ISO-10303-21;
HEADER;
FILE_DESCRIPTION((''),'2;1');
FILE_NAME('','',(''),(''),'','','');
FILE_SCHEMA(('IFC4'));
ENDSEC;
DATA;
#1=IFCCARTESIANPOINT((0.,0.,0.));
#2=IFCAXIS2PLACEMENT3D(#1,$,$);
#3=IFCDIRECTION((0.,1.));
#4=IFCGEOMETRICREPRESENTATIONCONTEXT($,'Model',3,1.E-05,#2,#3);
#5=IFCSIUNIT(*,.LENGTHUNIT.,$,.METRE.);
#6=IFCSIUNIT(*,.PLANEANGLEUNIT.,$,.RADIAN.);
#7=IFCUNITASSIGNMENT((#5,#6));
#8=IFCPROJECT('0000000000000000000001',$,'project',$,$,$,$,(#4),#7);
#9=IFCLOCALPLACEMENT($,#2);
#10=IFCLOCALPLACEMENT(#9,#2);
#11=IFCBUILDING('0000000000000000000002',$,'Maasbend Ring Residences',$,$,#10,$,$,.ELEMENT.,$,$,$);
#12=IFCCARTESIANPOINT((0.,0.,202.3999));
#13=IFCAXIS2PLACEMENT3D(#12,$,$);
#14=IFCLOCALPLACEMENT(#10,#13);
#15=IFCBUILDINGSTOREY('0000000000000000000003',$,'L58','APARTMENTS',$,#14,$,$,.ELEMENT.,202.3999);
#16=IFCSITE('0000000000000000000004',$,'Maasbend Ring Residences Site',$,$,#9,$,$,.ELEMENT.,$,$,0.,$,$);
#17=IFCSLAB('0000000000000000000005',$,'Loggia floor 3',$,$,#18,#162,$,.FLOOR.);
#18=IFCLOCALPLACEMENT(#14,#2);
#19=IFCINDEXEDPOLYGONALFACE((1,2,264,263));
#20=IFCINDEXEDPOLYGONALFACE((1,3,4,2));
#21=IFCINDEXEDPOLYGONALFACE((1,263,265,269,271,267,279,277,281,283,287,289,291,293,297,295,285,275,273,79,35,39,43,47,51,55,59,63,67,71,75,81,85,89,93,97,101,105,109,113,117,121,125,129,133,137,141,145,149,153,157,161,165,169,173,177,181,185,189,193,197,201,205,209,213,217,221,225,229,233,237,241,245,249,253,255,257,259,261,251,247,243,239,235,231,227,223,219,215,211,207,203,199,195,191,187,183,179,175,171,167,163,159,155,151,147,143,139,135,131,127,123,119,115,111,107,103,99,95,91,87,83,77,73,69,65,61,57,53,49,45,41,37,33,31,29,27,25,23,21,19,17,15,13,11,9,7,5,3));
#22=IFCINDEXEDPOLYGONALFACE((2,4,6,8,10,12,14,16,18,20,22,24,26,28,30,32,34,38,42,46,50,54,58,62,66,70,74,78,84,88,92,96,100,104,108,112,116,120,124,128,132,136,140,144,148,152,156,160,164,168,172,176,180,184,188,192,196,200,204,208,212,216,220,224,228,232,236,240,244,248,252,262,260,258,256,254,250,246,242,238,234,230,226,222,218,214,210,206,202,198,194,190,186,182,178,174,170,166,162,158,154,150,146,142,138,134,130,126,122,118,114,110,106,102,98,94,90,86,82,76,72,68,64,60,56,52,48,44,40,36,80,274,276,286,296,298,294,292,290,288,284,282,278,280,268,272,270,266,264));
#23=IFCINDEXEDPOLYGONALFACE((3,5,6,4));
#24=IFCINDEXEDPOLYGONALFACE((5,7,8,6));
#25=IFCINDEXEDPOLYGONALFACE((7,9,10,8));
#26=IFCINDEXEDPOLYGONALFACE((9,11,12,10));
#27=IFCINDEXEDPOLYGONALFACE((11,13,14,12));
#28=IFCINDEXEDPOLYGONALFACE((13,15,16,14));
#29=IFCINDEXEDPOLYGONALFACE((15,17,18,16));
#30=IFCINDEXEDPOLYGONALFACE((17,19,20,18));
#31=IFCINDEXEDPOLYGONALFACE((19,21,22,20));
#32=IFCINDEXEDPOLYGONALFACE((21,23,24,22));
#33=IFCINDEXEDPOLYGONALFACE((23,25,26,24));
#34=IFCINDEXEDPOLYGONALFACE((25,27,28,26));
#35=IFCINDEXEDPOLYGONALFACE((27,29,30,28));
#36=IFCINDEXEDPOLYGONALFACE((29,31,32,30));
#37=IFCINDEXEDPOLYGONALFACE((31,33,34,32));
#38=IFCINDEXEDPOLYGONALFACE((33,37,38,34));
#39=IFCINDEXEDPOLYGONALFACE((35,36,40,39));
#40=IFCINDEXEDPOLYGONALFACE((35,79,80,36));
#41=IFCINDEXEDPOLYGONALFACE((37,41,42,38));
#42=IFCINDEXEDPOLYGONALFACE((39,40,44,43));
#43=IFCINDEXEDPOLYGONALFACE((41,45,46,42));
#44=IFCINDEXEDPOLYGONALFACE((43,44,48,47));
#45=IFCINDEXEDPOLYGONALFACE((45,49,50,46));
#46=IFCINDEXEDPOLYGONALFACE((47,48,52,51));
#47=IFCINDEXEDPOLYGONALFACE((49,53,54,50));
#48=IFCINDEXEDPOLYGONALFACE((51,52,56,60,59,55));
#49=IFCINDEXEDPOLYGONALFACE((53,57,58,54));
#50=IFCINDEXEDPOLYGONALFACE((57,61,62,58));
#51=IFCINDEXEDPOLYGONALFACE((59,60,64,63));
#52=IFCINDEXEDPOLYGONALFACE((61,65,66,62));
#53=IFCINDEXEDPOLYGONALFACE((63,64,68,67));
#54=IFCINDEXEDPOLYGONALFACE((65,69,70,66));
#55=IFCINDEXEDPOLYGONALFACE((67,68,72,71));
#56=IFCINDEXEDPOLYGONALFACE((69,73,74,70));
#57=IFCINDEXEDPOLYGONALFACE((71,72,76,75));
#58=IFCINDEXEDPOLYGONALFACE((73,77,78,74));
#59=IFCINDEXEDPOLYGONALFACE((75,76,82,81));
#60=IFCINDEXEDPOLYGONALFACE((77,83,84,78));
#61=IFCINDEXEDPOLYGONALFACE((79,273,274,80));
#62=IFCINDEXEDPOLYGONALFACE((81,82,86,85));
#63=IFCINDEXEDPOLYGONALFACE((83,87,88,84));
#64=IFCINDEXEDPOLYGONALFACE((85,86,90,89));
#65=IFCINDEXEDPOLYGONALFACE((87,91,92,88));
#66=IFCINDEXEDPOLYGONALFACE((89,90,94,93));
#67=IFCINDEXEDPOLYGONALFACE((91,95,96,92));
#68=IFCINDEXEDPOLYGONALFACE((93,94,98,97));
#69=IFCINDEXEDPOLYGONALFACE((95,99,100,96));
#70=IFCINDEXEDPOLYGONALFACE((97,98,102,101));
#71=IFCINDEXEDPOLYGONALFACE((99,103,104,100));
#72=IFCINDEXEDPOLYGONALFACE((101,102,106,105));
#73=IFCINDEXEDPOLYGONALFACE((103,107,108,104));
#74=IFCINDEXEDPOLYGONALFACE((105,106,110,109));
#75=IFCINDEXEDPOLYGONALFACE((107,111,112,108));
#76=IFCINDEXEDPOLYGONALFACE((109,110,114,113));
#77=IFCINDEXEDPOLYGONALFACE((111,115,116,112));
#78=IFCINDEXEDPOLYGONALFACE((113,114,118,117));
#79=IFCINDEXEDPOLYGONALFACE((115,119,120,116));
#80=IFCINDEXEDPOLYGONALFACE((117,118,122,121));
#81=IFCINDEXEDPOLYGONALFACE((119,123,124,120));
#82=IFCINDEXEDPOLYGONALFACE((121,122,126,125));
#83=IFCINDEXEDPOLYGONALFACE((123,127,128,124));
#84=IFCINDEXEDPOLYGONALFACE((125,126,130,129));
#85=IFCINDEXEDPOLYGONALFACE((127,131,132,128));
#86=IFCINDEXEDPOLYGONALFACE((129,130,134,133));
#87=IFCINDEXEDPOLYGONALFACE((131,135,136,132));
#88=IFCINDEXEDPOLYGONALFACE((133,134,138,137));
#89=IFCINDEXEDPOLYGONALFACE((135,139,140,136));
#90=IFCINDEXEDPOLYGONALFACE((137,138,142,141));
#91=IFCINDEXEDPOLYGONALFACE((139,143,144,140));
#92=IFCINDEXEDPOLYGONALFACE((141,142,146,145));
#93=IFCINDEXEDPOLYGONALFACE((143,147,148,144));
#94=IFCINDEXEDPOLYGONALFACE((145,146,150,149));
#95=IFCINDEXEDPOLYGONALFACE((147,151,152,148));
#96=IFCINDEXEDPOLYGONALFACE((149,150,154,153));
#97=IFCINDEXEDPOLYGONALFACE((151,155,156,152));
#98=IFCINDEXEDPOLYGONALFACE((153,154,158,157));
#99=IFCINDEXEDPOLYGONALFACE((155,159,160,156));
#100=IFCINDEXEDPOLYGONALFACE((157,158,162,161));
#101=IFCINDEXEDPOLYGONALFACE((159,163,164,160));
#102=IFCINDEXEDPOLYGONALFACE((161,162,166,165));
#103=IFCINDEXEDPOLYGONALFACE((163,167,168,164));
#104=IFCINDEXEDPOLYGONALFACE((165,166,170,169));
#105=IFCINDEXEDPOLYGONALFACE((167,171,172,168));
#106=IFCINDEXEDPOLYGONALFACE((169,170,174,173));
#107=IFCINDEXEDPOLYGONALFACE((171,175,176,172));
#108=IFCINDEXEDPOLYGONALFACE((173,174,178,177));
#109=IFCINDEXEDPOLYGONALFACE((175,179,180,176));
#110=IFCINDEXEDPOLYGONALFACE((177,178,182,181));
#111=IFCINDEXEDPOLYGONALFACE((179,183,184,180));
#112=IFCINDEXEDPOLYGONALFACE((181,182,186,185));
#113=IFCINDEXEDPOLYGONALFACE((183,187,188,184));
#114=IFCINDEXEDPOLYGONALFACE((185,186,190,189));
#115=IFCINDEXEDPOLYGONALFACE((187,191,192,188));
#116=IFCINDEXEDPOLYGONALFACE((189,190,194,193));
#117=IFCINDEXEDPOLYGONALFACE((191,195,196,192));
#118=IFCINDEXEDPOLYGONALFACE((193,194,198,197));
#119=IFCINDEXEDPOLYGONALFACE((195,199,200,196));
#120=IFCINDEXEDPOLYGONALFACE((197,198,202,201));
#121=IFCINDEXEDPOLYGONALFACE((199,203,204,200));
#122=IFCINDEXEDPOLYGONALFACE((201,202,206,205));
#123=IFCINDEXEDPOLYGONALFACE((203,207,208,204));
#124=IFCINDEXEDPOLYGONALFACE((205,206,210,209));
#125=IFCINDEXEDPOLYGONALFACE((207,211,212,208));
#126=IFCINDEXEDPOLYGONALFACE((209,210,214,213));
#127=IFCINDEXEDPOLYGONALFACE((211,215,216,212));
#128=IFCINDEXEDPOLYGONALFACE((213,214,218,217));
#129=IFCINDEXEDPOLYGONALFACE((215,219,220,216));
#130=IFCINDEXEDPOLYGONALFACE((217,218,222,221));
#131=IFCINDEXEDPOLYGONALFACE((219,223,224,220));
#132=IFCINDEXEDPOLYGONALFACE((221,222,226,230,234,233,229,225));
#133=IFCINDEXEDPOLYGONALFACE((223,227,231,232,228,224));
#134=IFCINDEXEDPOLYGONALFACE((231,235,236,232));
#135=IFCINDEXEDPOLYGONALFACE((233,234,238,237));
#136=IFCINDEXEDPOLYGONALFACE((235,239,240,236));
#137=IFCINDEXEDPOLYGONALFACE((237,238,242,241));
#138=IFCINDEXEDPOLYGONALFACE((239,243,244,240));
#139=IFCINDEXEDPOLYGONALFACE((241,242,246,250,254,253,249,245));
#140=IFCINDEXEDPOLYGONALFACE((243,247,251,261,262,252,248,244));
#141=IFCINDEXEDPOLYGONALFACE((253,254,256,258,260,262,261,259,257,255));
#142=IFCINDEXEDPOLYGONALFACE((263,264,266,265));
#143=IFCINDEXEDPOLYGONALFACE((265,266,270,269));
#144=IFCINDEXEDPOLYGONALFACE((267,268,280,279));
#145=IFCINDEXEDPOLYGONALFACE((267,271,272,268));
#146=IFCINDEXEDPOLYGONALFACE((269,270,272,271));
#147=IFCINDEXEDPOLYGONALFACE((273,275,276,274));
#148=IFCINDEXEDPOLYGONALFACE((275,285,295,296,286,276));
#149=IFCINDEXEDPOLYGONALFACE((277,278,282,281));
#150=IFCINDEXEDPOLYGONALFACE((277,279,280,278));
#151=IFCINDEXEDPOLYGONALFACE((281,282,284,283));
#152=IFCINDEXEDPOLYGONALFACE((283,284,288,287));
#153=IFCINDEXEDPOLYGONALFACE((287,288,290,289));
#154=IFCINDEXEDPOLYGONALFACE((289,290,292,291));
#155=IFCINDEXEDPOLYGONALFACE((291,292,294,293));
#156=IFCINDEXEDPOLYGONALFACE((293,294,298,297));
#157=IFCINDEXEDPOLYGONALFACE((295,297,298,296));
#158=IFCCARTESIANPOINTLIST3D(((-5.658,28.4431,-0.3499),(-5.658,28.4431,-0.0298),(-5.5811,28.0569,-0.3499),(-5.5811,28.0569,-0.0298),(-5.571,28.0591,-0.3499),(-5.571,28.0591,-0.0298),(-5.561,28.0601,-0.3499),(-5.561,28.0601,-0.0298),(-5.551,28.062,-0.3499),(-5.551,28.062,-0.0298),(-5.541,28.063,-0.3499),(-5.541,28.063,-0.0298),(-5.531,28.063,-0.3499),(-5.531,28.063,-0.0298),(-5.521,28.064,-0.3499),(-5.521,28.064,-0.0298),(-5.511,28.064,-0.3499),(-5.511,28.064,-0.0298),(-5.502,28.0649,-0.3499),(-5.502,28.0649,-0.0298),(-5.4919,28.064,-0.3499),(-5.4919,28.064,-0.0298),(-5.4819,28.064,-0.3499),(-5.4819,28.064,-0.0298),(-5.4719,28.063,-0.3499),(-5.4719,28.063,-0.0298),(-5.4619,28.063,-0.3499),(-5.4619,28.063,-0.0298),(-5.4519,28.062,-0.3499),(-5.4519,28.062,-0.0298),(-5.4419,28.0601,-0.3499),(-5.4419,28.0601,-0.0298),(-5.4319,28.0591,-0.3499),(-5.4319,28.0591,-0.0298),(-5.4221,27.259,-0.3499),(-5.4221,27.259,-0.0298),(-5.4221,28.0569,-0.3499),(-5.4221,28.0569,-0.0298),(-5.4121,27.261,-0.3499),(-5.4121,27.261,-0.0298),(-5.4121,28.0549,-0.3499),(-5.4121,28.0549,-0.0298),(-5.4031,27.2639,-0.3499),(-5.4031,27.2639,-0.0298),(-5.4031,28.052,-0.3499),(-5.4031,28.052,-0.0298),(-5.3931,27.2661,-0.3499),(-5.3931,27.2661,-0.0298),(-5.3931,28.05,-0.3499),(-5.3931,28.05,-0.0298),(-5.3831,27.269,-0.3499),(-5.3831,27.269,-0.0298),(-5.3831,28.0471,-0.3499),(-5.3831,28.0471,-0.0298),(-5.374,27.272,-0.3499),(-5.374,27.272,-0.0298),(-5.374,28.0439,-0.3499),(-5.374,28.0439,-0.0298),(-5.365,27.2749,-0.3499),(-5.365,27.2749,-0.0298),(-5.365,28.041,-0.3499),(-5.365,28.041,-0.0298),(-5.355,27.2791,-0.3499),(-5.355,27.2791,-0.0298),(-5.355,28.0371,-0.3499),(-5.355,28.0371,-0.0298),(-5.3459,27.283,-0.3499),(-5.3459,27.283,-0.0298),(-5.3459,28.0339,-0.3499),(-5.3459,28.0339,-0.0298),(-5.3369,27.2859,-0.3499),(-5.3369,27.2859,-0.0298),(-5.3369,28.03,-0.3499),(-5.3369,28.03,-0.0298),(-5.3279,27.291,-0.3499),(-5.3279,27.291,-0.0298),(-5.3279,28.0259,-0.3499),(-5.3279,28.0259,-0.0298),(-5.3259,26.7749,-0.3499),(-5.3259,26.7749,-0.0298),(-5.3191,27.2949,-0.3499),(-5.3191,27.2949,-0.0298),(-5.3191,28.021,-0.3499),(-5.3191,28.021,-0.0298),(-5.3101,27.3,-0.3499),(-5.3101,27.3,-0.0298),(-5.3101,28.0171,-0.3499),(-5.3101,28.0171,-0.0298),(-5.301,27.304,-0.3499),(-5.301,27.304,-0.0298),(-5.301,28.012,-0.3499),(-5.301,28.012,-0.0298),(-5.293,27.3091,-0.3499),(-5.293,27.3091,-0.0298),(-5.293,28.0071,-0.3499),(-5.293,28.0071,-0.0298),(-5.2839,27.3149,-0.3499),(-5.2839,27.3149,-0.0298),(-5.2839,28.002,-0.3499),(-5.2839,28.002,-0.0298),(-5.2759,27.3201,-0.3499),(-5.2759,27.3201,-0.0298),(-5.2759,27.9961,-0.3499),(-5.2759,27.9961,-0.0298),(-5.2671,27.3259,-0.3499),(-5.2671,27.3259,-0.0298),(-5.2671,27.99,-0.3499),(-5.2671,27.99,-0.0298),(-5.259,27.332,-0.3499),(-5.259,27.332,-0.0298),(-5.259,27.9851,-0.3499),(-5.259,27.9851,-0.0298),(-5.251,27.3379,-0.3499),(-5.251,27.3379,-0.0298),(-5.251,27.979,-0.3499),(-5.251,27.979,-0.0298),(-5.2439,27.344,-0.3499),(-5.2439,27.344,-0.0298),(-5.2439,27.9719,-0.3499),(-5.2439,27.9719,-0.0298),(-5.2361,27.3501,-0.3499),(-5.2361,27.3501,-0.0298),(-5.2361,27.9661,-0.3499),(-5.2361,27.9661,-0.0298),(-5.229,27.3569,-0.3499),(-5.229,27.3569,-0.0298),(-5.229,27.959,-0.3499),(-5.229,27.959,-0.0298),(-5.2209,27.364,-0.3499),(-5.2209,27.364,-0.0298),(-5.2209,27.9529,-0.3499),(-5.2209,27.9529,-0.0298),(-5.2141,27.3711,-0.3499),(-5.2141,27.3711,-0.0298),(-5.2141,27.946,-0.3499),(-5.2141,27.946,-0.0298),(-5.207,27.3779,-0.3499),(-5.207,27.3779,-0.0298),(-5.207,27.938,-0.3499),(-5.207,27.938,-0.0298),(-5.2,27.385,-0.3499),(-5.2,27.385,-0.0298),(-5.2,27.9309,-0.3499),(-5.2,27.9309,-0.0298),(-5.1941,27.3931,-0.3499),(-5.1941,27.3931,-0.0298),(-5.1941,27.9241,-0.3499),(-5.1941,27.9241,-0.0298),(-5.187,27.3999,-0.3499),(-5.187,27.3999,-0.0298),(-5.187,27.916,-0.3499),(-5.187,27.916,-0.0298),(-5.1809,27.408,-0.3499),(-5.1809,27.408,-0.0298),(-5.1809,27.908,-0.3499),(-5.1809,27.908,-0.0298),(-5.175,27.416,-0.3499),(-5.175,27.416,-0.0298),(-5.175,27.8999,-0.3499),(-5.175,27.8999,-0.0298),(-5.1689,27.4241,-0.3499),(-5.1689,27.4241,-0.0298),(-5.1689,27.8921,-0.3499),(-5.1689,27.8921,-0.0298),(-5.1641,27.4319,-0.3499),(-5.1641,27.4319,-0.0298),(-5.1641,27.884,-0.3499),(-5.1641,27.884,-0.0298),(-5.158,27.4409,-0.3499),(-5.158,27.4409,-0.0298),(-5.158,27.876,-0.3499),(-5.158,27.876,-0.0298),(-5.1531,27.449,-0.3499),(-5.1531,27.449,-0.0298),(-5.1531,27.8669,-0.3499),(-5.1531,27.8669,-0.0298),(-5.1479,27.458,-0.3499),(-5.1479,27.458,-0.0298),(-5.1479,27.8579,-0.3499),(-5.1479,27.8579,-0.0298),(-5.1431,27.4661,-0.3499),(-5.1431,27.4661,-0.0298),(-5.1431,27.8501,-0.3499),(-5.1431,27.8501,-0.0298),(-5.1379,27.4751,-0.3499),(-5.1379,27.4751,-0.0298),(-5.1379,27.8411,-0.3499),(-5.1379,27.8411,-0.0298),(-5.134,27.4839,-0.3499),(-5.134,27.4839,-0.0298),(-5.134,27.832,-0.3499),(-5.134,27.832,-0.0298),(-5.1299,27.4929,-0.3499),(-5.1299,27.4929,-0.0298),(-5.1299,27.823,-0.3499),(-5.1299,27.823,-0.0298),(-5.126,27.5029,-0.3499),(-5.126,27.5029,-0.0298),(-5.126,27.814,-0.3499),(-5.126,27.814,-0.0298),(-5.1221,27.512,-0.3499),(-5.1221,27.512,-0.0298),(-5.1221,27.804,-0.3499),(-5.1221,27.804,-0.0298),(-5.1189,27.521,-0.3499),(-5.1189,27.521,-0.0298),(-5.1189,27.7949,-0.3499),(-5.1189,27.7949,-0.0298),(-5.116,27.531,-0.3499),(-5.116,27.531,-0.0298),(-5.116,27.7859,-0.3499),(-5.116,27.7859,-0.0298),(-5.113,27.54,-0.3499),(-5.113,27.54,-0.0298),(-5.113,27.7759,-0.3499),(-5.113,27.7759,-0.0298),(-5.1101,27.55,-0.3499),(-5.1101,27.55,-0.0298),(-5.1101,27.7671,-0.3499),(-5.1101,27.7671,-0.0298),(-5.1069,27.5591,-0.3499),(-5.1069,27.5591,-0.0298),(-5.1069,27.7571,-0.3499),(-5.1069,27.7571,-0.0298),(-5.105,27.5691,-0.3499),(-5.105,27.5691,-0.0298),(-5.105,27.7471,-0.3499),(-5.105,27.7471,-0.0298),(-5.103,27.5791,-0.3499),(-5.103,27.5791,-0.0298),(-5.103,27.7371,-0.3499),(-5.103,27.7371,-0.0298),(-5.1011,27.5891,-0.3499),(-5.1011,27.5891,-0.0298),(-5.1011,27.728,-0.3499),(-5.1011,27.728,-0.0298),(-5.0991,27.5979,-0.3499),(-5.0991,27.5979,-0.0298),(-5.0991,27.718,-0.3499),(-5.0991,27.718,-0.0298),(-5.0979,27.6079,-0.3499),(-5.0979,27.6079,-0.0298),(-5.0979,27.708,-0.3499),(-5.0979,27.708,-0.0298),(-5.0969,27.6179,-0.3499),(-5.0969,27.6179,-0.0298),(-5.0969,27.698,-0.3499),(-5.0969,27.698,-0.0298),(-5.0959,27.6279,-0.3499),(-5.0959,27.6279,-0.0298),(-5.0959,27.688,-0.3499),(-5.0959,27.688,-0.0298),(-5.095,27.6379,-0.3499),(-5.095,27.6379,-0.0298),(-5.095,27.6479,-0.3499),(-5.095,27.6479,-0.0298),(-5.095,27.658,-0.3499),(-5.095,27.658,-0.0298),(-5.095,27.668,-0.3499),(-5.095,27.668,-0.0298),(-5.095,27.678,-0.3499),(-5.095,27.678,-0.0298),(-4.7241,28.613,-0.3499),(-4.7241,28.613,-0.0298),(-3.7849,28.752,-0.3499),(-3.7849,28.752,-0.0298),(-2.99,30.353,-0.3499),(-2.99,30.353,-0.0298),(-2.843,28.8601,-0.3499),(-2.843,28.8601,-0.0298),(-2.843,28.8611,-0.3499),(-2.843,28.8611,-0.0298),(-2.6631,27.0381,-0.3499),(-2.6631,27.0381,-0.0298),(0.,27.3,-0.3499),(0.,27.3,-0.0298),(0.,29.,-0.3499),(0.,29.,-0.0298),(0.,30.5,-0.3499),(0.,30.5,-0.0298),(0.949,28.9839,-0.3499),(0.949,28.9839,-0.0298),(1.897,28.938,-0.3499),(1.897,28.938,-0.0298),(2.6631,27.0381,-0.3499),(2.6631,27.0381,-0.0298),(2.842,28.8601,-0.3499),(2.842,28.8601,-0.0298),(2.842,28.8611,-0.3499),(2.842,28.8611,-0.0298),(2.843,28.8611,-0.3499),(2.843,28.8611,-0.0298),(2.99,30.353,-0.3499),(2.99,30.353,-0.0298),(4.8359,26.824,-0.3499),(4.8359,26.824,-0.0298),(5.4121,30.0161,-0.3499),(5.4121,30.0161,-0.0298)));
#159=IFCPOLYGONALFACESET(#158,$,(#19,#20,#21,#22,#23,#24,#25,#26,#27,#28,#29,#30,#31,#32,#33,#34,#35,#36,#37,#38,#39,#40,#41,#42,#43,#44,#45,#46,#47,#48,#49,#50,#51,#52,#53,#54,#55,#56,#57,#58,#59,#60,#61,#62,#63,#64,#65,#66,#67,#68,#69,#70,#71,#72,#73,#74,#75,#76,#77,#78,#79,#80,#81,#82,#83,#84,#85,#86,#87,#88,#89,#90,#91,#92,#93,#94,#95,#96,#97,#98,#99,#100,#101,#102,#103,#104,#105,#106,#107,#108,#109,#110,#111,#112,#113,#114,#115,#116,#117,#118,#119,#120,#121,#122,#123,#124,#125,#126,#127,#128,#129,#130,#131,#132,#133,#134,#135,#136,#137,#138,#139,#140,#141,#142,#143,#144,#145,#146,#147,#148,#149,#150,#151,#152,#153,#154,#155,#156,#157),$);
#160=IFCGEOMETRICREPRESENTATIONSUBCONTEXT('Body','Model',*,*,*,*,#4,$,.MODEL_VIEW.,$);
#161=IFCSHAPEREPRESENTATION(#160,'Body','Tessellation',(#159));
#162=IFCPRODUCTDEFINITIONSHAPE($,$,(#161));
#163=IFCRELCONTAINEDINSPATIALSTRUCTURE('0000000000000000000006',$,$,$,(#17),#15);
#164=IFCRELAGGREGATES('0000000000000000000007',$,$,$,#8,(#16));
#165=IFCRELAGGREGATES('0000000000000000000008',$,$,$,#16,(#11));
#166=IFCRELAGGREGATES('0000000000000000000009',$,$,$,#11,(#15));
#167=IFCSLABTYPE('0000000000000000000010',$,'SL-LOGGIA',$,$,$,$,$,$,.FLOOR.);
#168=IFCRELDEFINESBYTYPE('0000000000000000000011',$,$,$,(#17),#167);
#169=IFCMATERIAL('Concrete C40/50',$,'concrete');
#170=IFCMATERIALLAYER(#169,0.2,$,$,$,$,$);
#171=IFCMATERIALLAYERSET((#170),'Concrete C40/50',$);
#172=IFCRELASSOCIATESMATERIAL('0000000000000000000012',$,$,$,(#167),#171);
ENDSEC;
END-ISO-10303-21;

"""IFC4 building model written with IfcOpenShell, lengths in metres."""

from ifc_helpers import new_model, si_unit, direction, frame, origin, place, context, subcontext, project, spatial, polyline, outline, extrude, material, layer, layer_set, type_object, element, save


model = new_model("IFC4")

# Units and contexts
model_context = context("Model", 3, precision=1e-05, world=origin(), true_north=direction((0.0, 1.0)))
body_context = subcontext(model_context, "Body", "Model", "MODEL_VIEW")
ifc_project = project(units=[si_unit("LENGTHUNIT", "METRE"), si_unit("PLANEANGLEUNIT", "RADIAN")], contexts=[model_context])

# Site, building, storey
site_placement = place(None, origin())
site = spatial("IfcSite", under=ifc_project, at=site_placement, Name="Maasbend Ring Residences Site", CompositionType="ELEMENT", RefElevation=0.0)
building_placement = place(site_placement, origin())
building = spatial("IfcBuilding", under=site, at=building_placement, Name="Maasbend Ring Residences", CompositionType="ELEMENT")
storey_placement = place(building_placement, frame((0.0, 0.0, 202.3999)))
storey = spatial("IfcBuildingStorey", under=building, at=storey_placement, Name="L58", Description="APARTMENTS", CompositionType="ELEMENT", Elevation=202.3999)

# Slab
ifc_material_1 = material(Name="Concrete C40/50", Category="concrete")
ifc_layer_1 = layer(ifc_material_1, 0.2)
ifc_layer_set_1 = layer_set([ifc_layer_1], Name="Concrete C40/50")
slab_type_1 = type_object("IfcSlabType", Name="SL-LOGGIA", PredefinedType="FLOOR", material=ifc_layer_set_1)
slab_1_placement = place(storey_placement, frame((0.0, 0.0, -0.3499)))
element("IfcSlab", 1, at=slab_1_placement, inside=storey, type_object=slab_type_1, Name="Loggia floor 3", PredefinedType="FLOOR", context=body_context, shape_type="SweptSolid", body=[
    extrude(outline(polyline([(-3.7849, 28.752), (-2.843, 28.8601), (-2.843, 28.8601), (-2.843, 28.8601), (-2.843, 28.8601), (-2.843, 28.8601), (-2.843, 28.8601), (-2.843, 28.8601), (-2.843, 28.8601), (-2.843, 28.8601), (-2.843, 28.8611), (-2.843, 28.8611), (-2.843, 28.8611), (-2.843, 28.8611), (-2.843, 28.8611), (-2.843, 28.8611), (-2.843, 28.8611), (-2.843, 28.8611), (-2.99, 30.353), (-2.99, 30.353), (-2.99, 30.353), (0.0, 30.5), (0.0, 30.5), (0.0, 30.5), (0.0, 29.0), (0.0, 29.0), (0.0, 29.0), (0.0, 29.0), (0.0, 29.0), (0.0, 29.0), (0.0, 29.0), (0.0, 29.0), (0.0, 29.0), (0.0, 29.0), (0.0, 29.0), (0.0, 29.0), (0.0, 29.0), (0.0, 29.0), (0.0, 29.0), (0.0, 29.0), (0.0, 29.0), (0.949, 28.9839), (0.949, 28.9839), (1.897, 28.938), (1.897, 28.938), (2.842, 28.8601), (2.842, 28.8601), (2.842, 28.8601), (2.842, 28.8601), (2.842, 28.8601), (2.842, 28.8601), (2.842, 28.8601), (2.842, 28.8601), (2.842, 28.8611), (2.842, 28.8611), (2.842, 28.8611), (2.842, 28.8611), (2.842, 28.8611), (2.843, 28.8611), (2.843, 28.8611), (2.843, 28.8611), (2.843, 28.8611), (2.99, 30.353), (2.99, 30.353), (2.99, 30.353), (5.4121, 30.0161), (5.4121, 30.0161), (5.4121, 30.0161), (4.8359, 26.824), (4.8359, 26.824), (4.8359, 26.824), (2.6631, 27.0381), (0.0, 27.3), (0.0, 27.3), (0.0, 27.3), (-2.6631, 27.0381), (-5.3259, 26.7749), (-5.3259, 26.7749), (-5.3259, 26.7749), (-5.4221, 27.259), (-5.4221, 27.259), (-5.4121, 27.261), (-5.4031, 27.2639), (-5.3931, 27.2661), (-5.3831, 27.269), (-5.374, 27.272), (-5.365, 27.2749), (-5.355, 27.2791), (-5.3459, 27.283), (-5.3369, 27.2859), (-5.3279, 27.291), (-5.3191, 27.2949), (-5.3101, 27.3), (-5.301, 27.304), (-5.293, 27.3091), (-5.2839, 27.3149), (-5.2759, 27.3201), (-5.2671, 27.3259), (-5.259, 27.332), (-5.251, 27.3379), (-5.2439, 27.344), (-5.2361, 27.3501), (-5.229, 27.3569), (-5.2209, 27.364), (-5.2141, 27.3711), (-5.207, 27.3779), (-5.2, 27.385), (-5.1941, 27.3931), (-5.187, 27.3999), (-5.1809, 27.408), (-5.175, 27.416), (-5.1689, 27.4241), (-5.1641, 27.4319), (-5.158, 27.4409), (-5.1531, 27.449), (-5.1479, 27.458), (-5.1431, 27.4661), (-5.1379, 27.4751), (-5.134, 27.4839), (-5.1299, 27.4929), (-5.126, 27.5029), (-5.1221, 27.512), (-5.1189, 27.521), (-5.116, 27.531), (-5.113, 27.54), (-5.1101, 27.55), (-5.1069, 27.5591), (-5.105, 27.5691), (-5.103, 27.5791), (-5.1011, 27.5891), (-5.0991, 27.5979), (-5.0979, 27.6079), (-5.0969, 27.6179), (-5.0959, 27.6279), (-5.095, 27.6379), (-5.095, 27.6479), (-5.095, 27.658), (-5.095, 27.668), (-5.095, 27.678), (-5.0959, 27.688), (-5.0969, 27.698), (-5.0979, 27.708), (-5.0991, 27.718), (-5.1011, 27.728), (-5.103, 27.7371), (-5.105, 27.7471), (-5.1069, 27.7571), (-5.1101, 27.7671), (-5.113, 27.7759), (-5.116, 27.7859), (-5.1189, 27.7949), (-5.1221, 27.804), (-5.126, 27.814), (-5.1299, 27.823), (-5.134, 27.832), (-5.1379, 27.8411), (-5.1431, 27.8501), (-5.1479, 27.8579), (-5.1531, 27.8669), (-5.158, 27.876), (-5.1641, 27.884), (-5.1689, 27.8921), (-5.175, 27.8999), (-5.1809, 27.908), (-5.187, 27.916), (-5.1941, 27.9241), (-5.2, 27.9309), (-5.207, 27.938), (-5.2141, 27.946), (-5.2209, 27.9529), (-5.229, 27.959), (-5.2361, 27.9661), (-5.2439, 27.9719), (-5.251, 27.979), (-5.259, 27.9851), (-5.2671, 27.99), (-5.2759, 27.9961), (-5.2839, 28.002), (-5.293, 28.0071), (-5.301, 28.012), (-5.3101, 28.0171), (-5.3191, 28.021), (-5.3279, 28.0259), (-5.3369, 28.03), (-5.3459, 28.0339), (-5.355, 28.0371), (-5.365, 28.041), (-5.374, 28.0439), (-5.3831, 28.0471), (-5.3931, 28.05), (-5.4031, 28.052), (-5.4121, 28.0549), (-5.4221, 28.0569), (-5.4319, 28.0591), (-5.4419, 28.0601), (-5.4519, 28.062), (-5.4619, 28.063), (-5.4719, 28.063), (-5.4819, 28.064), (-5.4919, 28.064), (-5.502, 28.0649), (-5.511, 28.064), (-5.521, 28.064), (-5.531, 28.063), (-5.541, 28.063), (-5.551, 28.062), (-5.561, 28.0601), (-5.571, 28.0591), (-5.5811, 28.0569), (-5.5811, 28.0569), (-5.658, 28.4431), (-5.658, 28.4431), (-5.658, 28.4431), (-4.7241, 28.613), (-4.7241, 28.613), (-3.7849, 28.752), (-3.7849, 28.752)])), origin(), (0.0, 0.0, 1.0), 0.3201),
])

save(model, "model.ifc")
